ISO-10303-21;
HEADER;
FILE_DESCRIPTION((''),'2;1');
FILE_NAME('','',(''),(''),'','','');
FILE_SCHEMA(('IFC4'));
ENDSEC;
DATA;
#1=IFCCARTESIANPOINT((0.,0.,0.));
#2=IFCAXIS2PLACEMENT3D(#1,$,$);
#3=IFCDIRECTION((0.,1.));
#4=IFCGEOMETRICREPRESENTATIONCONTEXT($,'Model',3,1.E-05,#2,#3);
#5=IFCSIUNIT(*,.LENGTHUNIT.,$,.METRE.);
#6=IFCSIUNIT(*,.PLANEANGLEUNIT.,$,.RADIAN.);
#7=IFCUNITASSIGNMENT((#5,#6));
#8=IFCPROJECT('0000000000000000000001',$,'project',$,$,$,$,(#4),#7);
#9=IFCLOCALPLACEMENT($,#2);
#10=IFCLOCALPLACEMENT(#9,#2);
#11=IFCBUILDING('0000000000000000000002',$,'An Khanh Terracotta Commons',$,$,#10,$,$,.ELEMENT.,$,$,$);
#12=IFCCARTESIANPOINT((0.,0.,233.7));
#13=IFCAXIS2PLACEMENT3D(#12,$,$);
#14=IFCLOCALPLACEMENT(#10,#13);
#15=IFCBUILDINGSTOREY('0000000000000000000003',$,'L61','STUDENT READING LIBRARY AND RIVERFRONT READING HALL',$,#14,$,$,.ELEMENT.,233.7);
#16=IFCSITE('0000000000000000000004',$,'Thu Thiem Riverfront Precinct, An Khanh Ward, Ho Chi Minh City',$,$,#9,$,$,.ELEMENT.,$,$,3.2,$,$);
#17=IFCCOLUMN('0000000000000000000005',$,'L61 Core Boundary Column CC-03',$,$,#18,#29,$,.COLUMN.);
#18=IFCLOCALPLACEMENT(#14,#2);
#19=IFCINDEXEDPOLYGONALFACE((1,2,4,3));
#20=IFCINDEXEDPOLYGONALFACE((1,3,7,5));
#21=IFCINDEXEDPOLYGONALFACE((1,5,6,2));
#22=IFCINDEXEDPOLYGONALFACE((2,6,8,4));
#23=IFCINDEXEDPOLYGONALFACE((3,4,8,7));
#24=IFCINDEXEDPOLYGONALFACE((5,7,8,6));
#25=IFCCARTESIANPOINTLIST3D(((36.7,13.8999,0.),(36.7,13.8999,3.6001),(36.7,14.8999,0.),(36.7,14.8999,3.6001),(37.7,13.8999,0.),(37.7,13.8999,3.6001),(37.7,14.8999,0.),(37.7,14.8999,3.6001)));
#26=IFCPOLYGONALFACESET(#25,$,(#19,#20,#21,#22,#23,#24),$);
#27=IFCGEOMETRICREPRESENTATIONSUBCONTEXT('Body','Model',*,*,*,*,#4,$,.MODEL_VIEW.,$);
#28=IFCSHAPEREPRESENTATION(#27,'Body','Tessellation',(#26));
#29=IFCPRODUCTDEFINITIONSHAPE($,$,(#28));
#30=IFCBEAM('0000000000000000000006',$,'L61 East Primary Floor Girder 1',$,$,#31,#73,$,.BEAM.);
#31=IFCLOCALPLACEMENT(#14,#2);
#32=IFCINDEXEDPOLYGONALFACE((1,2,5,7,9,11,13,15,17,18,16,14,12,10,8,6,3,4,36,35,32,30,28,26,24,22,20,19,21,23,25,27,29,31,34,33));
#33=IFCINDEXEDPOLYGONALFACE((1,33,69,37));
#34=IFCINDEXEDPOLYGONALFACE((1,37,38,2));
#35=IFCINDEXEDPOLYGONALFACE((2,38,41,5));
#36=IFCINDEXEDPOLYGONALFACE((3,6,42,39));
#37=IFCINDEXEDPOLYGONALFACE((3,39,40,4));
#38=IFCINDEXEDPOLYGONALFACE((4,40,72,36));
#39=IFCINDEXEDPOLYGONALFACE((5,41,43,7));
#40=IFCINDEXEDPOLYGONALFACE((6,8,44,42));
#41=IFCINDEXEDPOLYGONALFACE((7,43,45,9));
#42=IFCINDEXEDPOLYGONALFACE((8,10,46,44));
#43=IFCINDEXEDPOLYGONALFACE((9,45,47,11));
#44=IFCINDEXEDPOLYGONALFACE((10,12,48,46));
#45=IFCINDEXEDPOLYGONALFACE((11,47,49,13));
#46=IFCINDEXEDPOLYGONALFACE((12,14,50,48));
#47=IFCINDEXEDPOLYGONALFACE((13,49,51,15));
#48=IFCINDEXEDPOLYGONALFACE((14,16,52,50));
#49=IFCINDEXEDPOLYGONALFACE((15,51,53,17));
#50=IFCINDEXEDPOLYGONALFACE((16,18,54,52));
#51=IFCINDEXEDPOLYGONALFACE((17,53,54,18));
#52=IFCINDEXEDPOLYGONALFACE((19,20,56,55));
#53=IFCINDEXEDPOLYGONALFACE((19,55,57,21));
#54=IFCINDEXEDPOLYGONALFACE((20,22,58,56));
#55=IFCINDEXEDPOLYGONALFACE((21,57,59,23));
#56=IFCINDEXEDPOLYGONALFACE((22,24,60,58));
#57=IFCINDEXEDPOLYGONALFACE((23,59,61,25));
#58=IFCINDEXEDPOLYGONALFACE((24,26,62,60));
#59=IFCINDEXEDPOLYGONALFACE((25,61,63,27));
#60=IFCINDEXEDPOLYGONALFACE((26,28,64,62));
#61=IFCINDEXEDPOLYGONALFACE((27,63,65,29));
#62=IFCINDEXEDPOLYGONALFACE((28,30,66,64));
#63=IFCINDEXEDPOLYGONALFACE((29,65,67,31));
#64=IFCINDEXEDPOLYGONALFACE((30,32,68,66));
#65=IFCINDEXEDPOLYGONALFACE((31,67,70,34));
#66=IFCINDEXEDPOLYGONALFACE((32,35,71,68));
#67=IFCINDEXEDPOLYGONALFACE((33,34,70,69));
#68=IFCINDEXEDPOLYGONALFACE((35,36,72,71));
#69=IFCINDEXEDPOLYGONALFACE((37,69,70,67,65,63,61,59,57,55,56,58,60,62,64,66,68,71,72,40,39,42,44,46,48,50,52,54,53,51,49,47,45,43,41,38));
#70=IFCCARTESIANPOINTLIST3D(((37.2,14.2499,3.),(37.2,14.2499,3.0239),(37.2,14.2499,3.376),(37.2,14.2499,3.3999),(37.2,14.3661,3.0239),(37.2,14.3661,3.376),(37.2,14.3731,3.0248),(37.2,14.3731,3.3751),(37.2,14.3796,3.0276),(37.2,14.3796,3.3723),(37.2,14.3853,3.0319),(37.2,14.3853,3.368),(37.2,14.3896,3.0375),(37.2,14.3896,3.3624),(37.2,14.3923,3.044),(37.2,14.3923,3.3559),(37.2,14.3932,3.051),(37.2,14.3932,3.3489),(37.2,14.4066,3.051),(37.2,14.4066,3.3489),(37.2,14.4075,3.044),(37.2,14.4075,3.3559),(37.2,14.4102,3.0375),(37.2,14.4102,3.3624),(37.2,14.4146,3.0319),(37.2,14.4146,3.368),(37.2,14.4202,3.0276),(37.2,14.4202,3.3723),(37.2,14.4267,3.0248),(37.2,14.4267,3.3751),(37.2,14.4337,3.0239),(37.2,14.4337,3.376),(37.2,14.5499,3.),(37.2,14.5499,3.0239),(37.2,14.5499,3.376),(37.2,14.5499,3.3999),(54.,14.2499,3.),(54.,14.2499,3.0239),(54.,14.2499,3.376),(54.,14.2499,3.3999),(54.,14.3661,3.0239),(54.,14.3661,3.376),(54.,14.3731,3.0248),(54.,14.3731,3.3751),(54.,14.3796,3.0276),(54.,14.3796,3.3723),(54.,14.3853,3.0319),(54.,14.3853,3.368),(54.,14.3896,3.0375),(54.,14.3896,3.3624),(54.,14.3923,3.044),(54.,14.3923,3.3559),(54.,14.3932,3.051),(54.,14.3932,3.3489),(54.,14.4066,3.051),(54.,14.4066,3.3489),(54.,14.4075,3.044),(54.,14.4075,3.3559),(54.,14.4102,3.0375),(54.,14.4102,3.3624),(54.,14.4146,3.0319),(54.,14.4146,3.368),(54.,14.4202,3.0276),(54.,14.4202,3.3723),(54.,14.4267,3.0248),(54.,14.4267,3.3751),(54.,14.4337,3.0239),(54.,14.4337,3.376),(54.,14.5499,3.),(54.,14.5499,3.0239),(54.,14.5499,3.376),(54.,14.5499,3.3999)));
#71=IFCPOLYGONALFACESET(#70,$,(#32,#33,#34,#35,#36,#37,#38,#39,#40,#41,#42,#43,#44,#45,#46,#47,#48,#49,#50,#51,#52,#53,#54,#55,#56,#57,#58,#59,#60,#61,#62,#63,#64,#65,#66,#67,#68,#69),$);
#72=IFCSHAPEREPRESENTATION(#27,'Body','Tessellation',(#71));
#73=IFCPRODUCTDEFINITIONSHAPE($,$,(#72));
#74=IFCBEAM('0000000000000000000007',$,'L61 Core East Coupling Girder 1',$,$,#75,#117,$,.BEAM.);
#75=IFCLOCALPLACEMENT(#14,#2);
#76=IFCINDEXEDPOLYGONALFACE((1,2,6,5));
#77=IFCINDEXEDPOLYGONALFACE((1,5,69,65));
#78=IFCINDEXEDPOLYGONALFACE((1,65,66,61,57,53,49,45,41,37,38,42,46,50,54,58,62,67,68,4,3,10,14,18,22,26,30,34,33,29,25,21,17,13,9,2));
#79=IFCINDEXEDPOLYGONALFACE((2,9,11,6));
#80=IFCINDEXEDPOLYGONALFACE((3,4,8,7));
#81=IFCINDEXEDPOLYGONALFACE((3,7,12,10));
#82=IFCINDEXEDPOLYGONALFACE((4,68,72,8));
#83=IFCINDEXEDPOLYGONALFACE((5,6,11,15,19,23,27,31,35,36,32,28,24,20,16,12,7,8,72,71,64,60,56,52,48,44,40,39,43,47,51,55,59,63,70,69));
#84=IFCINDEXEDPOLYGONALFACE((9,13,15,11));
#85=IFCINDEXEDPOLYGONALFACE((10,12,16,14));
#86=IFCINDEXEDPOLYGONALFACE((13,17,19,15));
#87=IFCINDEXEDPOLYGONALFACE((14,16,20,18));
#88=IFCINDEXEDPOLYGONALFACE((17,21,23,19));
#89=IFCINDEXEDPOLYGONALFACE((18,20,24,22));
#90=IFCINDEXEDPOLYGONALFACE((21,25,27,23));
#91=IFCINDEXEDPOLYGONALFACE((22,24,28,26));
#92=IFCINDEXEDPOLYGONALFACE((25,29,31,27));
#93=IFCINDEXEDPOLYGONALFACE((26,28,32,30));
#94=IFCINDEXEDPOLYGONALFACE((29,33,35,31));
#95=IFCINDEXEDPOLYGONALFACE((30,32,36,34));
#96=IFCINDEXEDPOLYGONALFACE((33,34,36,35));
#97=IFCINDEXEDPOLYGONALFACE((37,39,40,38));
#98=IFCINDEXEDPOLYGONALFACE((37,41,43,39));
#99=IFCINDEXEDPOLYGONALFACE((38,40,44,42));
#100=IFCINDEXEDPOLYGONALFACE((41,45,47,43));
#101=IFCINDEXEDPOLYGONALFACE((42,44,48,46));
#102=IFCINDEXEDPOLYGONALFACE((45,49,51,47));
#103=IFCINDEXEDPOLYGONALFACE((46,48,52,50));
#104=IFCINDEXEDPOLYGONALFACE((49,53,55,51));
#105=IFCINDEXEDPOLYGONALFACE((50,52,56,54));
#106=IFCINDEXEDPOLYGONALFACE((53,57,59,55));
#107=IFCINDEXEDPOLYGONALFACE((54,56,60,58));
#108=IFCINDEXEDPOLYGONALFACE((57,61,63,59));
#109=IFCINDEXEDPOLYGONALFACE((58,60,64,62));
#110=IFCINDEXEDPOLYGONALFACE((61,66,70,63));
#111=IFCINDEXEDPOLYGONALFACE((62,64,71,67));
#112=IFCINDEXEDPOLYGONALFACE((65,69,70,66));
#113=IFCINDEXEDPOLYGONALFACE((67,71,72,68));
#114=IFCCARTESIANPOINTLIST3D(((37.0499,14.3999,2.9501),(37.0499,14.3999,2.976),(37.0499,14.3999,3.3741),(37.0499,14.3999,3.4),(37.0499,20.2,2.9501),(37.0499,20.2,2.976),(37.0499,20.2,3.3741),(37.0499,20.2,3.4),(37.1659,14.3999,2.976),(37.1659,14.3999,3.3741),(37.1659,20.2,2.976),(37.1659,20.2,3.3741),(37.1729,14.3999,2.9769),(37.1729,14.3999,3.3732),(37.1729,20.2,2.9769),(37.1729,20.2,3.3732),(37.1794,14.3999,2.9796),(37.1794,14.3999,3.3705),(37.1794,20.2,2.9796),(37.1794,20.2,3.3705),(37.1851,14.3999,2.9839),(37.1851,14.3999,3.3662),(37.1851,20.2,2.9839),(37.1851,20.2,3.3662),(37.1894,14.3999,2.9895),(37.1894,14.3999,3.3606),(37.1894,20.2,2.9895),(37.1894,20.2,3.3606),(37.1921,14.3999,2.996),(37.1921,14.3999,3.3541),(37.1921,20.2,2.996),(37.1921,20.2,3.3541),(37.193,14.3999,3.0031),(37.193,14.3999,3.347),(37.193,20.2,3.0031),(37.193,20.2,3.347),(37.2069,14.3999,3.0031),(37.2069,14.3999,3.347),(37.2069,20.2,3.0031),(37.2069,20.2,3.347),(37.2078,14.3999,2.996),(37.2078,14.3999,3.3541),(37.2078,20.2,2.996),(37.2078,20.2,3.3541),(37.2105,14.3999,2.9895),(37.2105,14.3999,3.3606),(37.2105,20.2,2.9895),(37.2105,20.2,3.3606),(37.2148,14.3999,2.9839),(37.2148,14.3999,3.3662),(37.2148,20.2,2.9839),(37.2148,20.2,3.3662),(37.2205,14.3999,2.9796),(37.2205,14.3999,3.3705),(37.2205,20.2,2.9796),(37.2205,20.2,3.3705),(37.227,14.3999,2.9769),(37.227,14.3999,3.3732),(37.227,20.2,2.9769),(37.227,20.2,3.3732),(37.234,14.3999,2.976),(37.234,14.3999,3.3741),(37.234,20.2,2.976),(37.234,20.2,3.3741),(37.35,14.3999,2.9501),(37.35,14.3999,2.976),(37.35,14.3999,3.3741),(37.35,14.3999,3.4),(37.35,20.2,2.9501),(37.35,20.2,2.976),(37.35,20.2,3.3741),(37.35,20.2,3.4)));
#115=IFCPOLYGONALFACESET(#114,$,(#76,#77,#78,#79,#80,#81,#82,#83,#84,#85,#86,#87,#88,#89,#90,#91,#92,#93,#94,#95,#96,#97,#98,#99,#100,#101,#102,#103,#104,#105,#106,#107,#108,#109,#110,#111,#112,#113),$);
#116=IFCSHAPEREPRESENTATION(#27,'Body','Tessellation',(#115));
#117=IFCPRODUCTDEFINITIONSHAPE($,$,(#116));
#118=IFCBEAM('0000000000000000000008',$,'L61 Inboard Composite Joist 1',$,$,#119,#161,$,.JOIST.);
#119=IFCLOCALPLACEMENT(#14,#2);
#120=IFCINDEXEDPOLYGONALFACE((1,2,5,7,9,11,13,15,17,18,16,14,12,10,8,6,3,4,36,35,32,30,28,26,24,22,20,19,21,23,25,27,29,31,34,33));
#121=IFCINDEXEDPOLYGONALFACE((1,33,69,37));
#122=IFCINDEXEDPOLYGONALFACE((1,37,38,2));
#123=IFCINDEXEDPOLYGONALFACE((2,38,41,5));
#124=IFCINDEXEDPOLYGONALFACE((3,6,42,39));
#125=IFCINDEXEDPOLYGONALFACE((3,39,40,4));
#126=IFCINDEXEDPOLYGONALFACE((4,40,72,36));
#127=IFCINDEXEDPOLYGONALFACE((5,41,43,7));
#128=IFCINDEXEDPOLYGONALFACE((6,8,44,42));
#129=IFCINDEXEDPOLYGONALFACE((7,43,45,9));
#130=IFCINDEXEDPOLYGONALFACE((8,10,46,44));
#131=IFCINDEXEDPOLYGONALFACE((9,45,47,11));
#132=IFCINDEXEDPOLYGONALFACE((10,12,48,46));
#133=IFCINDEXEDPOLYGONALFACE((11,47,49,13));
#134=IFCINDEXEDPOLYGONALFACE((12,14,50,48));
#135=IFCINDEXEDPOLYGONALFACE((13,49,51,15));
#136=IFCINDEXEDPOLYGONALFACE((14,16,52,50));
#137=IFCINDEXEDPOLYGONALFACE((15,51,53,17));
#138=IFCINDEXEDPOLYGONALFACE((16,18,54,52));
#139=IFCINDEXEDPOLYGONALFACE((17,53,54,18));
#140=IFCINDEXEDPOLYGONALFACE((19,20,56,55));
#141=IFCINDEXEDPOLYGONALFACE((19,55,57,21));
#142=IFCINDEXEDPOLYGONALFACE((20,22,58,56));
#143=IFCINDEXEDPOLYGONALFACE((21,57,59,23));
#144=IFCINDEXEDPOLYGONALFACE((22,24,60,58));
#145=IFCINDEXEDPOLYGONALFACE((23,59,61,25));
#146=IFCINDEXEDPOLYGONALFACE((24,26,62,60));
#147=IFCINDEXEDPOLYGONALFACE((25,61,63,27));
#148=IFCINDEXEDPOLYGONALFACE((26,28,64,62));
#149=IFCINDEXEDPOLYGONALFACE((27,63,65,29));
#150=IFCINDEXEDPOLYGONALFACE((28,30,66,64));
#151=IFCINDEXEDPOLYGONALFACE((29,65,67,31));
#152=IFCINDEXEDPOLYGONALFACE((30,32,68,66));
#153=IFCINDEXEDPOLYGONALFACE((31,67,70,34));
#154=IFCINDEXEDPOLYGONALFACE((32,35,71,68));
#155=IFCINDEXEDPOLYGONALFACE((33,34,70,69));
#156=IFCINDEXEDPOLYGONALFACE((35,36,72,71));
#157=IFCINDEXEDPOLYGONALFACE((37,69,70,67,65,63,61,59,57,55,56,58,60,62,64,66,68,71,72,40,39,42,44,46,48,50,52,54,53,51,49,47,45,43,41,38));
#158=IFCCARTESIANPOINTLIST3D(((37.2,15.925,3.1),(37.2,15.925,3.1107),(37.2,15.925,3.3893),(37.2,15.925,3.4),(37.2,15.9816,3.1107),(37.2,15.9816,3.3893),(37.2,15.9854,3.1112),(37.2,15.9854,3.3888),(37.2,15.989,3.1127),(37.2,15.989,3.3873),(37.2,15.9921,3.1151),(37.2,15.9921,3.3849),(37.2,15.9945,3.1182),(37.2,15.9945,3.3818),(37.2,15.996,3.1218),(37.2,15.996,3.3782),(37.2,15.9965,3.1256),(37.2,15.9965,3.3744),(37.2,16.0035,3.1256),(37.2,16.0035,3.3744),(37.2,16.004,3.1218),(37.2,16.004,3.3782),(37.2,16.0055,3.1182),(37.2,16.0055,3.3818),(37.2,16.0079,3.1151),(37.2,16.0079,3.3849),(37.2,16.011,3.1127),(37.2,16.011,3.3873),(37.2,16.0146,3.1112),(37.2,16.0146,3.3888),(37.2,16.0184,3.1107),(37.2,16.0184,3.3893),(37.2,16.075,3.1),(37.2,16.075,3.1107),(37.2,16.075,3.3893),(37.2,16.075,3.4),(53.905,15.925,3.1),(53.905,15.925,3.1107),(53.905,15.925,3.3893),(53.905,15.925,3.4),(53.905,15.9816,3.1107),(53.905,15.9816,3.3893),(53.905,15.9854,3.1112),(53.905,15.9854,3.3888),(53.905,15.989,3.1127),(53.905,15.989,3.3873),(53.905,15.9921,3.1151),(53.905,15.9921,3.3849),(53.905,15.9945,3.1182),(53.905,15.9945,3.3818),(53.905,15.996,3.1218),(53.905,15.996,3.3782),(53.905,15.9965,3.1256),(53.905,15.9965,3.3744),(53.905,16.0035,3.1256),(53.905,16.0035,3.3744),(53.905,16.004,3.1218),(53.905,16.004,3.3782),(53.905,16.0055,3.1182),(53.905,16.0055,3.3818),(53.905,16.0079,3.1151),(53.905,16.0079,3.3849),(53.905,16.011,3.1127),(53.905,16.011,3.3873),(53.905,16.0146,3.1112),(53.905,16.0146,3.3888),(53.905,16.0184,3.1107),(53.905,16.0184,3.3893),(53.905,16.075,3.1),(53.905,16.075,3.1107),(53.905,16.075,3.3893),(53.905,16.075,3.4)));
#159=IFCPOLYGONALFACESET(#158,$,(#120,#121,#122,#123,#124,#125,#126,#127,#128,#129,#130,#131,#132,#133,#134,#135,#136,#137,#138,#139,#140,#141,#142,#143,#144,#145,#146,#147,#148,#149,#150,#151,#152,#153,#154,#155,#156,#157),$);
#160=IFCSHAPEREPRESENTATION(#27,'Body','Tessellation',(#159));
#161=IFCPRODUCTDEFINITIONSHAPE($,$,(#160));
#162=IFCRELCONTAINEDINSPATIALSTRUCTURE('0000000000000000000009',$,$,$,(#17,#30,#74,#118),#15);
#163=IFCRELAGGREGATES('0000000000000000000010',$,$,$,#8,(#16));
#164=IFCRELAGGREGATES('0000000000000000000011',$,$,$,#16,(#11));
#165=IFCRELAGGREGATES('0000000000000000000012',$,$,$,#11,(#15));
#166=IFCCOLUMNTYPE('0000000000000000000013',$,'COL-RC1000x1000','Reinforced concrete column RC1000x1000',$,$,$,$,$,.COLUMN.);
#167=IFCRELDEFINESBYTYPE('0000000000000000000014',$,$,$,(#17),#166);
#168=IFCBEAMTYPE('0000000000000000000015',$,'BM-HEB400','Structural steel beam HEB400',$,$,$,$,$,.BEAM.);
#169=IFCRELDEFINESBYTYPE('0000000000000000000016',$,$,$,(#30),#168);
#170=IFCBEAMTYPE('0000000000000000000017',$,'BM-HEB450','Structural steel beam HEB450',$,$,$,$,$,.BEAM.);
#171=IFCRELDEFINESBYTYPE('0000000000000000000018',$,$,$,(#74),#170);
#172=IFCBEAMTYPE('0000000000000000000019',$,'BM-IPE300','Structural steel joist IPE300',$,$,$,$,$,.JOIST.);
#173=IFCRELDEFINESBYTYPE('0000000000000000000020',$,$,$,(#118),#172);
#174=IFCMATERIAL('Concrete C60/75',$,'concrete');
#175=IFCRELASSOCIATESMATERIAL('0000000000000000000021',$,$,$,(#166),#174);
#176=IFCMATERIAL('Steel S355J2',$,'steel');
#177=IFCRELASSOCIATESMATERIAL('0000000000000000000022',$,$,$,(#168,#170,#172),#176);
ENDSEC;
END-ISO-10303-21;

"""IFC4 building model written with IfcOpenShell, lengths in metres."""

from ifc_helpers import new_model, si_unit, direction, frame, origin, origin_2d, place, context, subcontext, project, spatial, rectangle, i_section, extrude, material, material_profile, profile_set, type_object, element, save


model = new_model("IFC4")

# Units and contexts
model_context = context("Model", 3, precision=1e-05, world=origin(), true_north=direction((0.0, 1.0)))
body_context = subcontext(model_context, "Body", "Model", "MODEL_VIEW")
ifc_project = project(units=[si_unit("LENGTHUNIT", "METRE"), si_unit("PLANEANGLEUNIT", "RADIAN")], contexts=[model_context])

# Site, building, storey
site_placement = place(None, origin())
site = spatial("IfcSite", under=ifc_project, at=site_placement, Name="Thu Thiem Riverfront Precinct, An Khanh Ward, Ho Chi Minh City", CompositionType="ELEMENT", RefElevation=3.2)
building_placement = place(site_placement, origin())
building = spatial("IfcBuilding", under=site, at=building_placement, Name="An Khanh Terracotta Commons", CompositionType="ELEMENT")
storey_placement = place(building_placement, frame((0.0, 0.0, 233.7)))
storey = spatial("IfcBuildingStorey", under=building, at=storey_placement, Name="L61", Description="STUDENT READING LIBRARY AND RIVERFRONT READING HALL", CompositionType="ELEMENT", Elevation=233.7)

# Column
ifc_material_1 = material(Name="Concrete C60/75", Category="concrete")
ifc_material_profile_1 = material_profile(ifc_material_1, rectangle(XDim=1.0, YDim=1.0, at=origin_2d()), Name="RC1000x1000")
ifc_profile_set_1 = profile_set([ifc_material_profile_1], Name="Concrete C60/75")
column_type = type_object("IfcColumnType", Name="COL-RC1000x1000", Description="Reinforced concrete column RC1000x1000", PredefinedType="COLUMN", material=ifc_profile_set_1)
column_placement = place(storey_placement, frame((37.2, 14.3999, 0.0), z_axis=(0.0, 0.0, 1.0), x_axis=(1.0, 0.0, 0.0)))
element("IfcColumn", 1, at=column_placement, inside=storey, type_object=column_type, Name="L61 Core Boundary Column CC-03", PredefinedType="COLUMN", context=body_context, shape_type="SweptSolid", body=[
    extrude(rectangle(XDim=1.0, YDim=1.0, at=origin_2d()), origin(), (0.0, 0.0, 1.0), 3.6001),
])

# Beams
ifc_material_2 = material(Name="Steel S355J2", Category="steel")
ifc_material_profile_2 = material_profile(ifc_material_2, i_section(OverallWidth=0.3, OverallDepth=0.3999, WebThickness=0.0134, FlangeThickness=0.0239, FilletRadius=0.0271, at=origin_2d()), Name="HEB400")
ifc_profile_set_2 = profile_set([ifc_material_profile_2], Name="Steel S355J2")
beam_type_1 = type_object("IfcBeamType", Name="BM-HEB400", Description="Structural steel beam HEB400", PredefinedType="BEAM", material=ifc_profile_set_2)
beam_1_placement = place(storey_placement, frame((37.2, 14.3999, 3.2), z_axis=(1.0, 0.0, 0.0), x_axis=(0.0, 1.0, 0.0)))
element("IfcBeam", 2, at=beam_1_placement, inside=storey, type_object=beam_type_1, Name="L61 East Primary Floor Girder 1", PredefinedType="BEAM", context=body_context, shape_type="SweptSolid", body=[
    extrude(i_section(OverallWidth=0.3, OverallDepth=0.3999, WebThickness=0.0134, FlangeThickness=0.0239, FilletRadius=0.0271, at=origin_2d()), origin(), (0.0, 0.0, 1.0), 16.8),
])
ifc_material_profile_3 = material_profile(ifc_material_2, i_section(OverallWidth=0.3, OverallDepth=0.45, WebThickness=0.0139, FlangeThickness=0.0259, FilletRadius=0.0271, at=origin_2d()), Name="HEB450")
ifc_profile_set_3 = profile_set([ifc_material_profile_3], Name="Steel S355J2")
beam_type_2 = type_object("IfcBeamType", Name="BM-HEB450", Description="Structural steel beam HEB450", PredefinedType="BEAM", material=ifc_profile_set_3)
beam_2_placement = place(storey_placement, frame((37.2, 14.3999, 3.175), z_axis=(0.0, 1.0, 0.0), x_axis=(-1.0, 0.0, 0.0)))
element("IfcBeam", 3, at=beam_2_placement, inside=storey, type_object=beam_type_2, Name="L61 Core East Coupling Girder 1", PredefinedType="BEAM", context=body_context, shape_type="SweptSolid", body=[
    extrude(i_section(OverallWidth=0.3, OverallDepth=0.45, WebThickness=0.0139, FlangeThickness=0.0259, FilletRadius=0.0271, at=origin_2d()), origin(), (0.0, 0.0, 1.0), 5.8),
])
ifc_material_profile_4 = material_profile(ifc_material_2, i_section(OverallWidth=0.1499, OverallDepth=0.3, WebThickness=0.0071, FlangeThickness=0.0107, FilletRadius=0.0149, at=origin_2d()), Name="IPE300")
ifc_profile_set_4 = profile_set([ifc_material_profile_4], Name="Steel S355J2")
beam_type_3 = type_object("IfcBeamType", Name="BM-IPE300", Description="Structural steel joist IPE300", PredefinedType="JOIST", material=ifc_profile_set_4)
for number, where, z_axis, x_axis, name in (
    (4, (37.2, 16.0, 3.25), (1.0, 0.0, 0.0), (0.0, 1.0, 0.0), "L61 Inboard Composite Joist 1"),
):
    element("IfcBeam", number, at=place(storey_placement, frame(where, z_axis=z_axis, x_axis=x_axis)), inside=storey, type_object=beam_type_3, Name=name, PredefinedType="JOIST", context=body_context, shape_type="SweptSolid", body=[
        extrude(i_section(OverallWidth=0.1499, OverallDepth=0.3, WebThickness=0.0071, FlangeThickness=0.0107, FilletRadius=0.0149, at=origin_2d()), origin(), (0.0, 0.0, 1.0), 16.7051),
    ])

save(model, "model.ifc")
